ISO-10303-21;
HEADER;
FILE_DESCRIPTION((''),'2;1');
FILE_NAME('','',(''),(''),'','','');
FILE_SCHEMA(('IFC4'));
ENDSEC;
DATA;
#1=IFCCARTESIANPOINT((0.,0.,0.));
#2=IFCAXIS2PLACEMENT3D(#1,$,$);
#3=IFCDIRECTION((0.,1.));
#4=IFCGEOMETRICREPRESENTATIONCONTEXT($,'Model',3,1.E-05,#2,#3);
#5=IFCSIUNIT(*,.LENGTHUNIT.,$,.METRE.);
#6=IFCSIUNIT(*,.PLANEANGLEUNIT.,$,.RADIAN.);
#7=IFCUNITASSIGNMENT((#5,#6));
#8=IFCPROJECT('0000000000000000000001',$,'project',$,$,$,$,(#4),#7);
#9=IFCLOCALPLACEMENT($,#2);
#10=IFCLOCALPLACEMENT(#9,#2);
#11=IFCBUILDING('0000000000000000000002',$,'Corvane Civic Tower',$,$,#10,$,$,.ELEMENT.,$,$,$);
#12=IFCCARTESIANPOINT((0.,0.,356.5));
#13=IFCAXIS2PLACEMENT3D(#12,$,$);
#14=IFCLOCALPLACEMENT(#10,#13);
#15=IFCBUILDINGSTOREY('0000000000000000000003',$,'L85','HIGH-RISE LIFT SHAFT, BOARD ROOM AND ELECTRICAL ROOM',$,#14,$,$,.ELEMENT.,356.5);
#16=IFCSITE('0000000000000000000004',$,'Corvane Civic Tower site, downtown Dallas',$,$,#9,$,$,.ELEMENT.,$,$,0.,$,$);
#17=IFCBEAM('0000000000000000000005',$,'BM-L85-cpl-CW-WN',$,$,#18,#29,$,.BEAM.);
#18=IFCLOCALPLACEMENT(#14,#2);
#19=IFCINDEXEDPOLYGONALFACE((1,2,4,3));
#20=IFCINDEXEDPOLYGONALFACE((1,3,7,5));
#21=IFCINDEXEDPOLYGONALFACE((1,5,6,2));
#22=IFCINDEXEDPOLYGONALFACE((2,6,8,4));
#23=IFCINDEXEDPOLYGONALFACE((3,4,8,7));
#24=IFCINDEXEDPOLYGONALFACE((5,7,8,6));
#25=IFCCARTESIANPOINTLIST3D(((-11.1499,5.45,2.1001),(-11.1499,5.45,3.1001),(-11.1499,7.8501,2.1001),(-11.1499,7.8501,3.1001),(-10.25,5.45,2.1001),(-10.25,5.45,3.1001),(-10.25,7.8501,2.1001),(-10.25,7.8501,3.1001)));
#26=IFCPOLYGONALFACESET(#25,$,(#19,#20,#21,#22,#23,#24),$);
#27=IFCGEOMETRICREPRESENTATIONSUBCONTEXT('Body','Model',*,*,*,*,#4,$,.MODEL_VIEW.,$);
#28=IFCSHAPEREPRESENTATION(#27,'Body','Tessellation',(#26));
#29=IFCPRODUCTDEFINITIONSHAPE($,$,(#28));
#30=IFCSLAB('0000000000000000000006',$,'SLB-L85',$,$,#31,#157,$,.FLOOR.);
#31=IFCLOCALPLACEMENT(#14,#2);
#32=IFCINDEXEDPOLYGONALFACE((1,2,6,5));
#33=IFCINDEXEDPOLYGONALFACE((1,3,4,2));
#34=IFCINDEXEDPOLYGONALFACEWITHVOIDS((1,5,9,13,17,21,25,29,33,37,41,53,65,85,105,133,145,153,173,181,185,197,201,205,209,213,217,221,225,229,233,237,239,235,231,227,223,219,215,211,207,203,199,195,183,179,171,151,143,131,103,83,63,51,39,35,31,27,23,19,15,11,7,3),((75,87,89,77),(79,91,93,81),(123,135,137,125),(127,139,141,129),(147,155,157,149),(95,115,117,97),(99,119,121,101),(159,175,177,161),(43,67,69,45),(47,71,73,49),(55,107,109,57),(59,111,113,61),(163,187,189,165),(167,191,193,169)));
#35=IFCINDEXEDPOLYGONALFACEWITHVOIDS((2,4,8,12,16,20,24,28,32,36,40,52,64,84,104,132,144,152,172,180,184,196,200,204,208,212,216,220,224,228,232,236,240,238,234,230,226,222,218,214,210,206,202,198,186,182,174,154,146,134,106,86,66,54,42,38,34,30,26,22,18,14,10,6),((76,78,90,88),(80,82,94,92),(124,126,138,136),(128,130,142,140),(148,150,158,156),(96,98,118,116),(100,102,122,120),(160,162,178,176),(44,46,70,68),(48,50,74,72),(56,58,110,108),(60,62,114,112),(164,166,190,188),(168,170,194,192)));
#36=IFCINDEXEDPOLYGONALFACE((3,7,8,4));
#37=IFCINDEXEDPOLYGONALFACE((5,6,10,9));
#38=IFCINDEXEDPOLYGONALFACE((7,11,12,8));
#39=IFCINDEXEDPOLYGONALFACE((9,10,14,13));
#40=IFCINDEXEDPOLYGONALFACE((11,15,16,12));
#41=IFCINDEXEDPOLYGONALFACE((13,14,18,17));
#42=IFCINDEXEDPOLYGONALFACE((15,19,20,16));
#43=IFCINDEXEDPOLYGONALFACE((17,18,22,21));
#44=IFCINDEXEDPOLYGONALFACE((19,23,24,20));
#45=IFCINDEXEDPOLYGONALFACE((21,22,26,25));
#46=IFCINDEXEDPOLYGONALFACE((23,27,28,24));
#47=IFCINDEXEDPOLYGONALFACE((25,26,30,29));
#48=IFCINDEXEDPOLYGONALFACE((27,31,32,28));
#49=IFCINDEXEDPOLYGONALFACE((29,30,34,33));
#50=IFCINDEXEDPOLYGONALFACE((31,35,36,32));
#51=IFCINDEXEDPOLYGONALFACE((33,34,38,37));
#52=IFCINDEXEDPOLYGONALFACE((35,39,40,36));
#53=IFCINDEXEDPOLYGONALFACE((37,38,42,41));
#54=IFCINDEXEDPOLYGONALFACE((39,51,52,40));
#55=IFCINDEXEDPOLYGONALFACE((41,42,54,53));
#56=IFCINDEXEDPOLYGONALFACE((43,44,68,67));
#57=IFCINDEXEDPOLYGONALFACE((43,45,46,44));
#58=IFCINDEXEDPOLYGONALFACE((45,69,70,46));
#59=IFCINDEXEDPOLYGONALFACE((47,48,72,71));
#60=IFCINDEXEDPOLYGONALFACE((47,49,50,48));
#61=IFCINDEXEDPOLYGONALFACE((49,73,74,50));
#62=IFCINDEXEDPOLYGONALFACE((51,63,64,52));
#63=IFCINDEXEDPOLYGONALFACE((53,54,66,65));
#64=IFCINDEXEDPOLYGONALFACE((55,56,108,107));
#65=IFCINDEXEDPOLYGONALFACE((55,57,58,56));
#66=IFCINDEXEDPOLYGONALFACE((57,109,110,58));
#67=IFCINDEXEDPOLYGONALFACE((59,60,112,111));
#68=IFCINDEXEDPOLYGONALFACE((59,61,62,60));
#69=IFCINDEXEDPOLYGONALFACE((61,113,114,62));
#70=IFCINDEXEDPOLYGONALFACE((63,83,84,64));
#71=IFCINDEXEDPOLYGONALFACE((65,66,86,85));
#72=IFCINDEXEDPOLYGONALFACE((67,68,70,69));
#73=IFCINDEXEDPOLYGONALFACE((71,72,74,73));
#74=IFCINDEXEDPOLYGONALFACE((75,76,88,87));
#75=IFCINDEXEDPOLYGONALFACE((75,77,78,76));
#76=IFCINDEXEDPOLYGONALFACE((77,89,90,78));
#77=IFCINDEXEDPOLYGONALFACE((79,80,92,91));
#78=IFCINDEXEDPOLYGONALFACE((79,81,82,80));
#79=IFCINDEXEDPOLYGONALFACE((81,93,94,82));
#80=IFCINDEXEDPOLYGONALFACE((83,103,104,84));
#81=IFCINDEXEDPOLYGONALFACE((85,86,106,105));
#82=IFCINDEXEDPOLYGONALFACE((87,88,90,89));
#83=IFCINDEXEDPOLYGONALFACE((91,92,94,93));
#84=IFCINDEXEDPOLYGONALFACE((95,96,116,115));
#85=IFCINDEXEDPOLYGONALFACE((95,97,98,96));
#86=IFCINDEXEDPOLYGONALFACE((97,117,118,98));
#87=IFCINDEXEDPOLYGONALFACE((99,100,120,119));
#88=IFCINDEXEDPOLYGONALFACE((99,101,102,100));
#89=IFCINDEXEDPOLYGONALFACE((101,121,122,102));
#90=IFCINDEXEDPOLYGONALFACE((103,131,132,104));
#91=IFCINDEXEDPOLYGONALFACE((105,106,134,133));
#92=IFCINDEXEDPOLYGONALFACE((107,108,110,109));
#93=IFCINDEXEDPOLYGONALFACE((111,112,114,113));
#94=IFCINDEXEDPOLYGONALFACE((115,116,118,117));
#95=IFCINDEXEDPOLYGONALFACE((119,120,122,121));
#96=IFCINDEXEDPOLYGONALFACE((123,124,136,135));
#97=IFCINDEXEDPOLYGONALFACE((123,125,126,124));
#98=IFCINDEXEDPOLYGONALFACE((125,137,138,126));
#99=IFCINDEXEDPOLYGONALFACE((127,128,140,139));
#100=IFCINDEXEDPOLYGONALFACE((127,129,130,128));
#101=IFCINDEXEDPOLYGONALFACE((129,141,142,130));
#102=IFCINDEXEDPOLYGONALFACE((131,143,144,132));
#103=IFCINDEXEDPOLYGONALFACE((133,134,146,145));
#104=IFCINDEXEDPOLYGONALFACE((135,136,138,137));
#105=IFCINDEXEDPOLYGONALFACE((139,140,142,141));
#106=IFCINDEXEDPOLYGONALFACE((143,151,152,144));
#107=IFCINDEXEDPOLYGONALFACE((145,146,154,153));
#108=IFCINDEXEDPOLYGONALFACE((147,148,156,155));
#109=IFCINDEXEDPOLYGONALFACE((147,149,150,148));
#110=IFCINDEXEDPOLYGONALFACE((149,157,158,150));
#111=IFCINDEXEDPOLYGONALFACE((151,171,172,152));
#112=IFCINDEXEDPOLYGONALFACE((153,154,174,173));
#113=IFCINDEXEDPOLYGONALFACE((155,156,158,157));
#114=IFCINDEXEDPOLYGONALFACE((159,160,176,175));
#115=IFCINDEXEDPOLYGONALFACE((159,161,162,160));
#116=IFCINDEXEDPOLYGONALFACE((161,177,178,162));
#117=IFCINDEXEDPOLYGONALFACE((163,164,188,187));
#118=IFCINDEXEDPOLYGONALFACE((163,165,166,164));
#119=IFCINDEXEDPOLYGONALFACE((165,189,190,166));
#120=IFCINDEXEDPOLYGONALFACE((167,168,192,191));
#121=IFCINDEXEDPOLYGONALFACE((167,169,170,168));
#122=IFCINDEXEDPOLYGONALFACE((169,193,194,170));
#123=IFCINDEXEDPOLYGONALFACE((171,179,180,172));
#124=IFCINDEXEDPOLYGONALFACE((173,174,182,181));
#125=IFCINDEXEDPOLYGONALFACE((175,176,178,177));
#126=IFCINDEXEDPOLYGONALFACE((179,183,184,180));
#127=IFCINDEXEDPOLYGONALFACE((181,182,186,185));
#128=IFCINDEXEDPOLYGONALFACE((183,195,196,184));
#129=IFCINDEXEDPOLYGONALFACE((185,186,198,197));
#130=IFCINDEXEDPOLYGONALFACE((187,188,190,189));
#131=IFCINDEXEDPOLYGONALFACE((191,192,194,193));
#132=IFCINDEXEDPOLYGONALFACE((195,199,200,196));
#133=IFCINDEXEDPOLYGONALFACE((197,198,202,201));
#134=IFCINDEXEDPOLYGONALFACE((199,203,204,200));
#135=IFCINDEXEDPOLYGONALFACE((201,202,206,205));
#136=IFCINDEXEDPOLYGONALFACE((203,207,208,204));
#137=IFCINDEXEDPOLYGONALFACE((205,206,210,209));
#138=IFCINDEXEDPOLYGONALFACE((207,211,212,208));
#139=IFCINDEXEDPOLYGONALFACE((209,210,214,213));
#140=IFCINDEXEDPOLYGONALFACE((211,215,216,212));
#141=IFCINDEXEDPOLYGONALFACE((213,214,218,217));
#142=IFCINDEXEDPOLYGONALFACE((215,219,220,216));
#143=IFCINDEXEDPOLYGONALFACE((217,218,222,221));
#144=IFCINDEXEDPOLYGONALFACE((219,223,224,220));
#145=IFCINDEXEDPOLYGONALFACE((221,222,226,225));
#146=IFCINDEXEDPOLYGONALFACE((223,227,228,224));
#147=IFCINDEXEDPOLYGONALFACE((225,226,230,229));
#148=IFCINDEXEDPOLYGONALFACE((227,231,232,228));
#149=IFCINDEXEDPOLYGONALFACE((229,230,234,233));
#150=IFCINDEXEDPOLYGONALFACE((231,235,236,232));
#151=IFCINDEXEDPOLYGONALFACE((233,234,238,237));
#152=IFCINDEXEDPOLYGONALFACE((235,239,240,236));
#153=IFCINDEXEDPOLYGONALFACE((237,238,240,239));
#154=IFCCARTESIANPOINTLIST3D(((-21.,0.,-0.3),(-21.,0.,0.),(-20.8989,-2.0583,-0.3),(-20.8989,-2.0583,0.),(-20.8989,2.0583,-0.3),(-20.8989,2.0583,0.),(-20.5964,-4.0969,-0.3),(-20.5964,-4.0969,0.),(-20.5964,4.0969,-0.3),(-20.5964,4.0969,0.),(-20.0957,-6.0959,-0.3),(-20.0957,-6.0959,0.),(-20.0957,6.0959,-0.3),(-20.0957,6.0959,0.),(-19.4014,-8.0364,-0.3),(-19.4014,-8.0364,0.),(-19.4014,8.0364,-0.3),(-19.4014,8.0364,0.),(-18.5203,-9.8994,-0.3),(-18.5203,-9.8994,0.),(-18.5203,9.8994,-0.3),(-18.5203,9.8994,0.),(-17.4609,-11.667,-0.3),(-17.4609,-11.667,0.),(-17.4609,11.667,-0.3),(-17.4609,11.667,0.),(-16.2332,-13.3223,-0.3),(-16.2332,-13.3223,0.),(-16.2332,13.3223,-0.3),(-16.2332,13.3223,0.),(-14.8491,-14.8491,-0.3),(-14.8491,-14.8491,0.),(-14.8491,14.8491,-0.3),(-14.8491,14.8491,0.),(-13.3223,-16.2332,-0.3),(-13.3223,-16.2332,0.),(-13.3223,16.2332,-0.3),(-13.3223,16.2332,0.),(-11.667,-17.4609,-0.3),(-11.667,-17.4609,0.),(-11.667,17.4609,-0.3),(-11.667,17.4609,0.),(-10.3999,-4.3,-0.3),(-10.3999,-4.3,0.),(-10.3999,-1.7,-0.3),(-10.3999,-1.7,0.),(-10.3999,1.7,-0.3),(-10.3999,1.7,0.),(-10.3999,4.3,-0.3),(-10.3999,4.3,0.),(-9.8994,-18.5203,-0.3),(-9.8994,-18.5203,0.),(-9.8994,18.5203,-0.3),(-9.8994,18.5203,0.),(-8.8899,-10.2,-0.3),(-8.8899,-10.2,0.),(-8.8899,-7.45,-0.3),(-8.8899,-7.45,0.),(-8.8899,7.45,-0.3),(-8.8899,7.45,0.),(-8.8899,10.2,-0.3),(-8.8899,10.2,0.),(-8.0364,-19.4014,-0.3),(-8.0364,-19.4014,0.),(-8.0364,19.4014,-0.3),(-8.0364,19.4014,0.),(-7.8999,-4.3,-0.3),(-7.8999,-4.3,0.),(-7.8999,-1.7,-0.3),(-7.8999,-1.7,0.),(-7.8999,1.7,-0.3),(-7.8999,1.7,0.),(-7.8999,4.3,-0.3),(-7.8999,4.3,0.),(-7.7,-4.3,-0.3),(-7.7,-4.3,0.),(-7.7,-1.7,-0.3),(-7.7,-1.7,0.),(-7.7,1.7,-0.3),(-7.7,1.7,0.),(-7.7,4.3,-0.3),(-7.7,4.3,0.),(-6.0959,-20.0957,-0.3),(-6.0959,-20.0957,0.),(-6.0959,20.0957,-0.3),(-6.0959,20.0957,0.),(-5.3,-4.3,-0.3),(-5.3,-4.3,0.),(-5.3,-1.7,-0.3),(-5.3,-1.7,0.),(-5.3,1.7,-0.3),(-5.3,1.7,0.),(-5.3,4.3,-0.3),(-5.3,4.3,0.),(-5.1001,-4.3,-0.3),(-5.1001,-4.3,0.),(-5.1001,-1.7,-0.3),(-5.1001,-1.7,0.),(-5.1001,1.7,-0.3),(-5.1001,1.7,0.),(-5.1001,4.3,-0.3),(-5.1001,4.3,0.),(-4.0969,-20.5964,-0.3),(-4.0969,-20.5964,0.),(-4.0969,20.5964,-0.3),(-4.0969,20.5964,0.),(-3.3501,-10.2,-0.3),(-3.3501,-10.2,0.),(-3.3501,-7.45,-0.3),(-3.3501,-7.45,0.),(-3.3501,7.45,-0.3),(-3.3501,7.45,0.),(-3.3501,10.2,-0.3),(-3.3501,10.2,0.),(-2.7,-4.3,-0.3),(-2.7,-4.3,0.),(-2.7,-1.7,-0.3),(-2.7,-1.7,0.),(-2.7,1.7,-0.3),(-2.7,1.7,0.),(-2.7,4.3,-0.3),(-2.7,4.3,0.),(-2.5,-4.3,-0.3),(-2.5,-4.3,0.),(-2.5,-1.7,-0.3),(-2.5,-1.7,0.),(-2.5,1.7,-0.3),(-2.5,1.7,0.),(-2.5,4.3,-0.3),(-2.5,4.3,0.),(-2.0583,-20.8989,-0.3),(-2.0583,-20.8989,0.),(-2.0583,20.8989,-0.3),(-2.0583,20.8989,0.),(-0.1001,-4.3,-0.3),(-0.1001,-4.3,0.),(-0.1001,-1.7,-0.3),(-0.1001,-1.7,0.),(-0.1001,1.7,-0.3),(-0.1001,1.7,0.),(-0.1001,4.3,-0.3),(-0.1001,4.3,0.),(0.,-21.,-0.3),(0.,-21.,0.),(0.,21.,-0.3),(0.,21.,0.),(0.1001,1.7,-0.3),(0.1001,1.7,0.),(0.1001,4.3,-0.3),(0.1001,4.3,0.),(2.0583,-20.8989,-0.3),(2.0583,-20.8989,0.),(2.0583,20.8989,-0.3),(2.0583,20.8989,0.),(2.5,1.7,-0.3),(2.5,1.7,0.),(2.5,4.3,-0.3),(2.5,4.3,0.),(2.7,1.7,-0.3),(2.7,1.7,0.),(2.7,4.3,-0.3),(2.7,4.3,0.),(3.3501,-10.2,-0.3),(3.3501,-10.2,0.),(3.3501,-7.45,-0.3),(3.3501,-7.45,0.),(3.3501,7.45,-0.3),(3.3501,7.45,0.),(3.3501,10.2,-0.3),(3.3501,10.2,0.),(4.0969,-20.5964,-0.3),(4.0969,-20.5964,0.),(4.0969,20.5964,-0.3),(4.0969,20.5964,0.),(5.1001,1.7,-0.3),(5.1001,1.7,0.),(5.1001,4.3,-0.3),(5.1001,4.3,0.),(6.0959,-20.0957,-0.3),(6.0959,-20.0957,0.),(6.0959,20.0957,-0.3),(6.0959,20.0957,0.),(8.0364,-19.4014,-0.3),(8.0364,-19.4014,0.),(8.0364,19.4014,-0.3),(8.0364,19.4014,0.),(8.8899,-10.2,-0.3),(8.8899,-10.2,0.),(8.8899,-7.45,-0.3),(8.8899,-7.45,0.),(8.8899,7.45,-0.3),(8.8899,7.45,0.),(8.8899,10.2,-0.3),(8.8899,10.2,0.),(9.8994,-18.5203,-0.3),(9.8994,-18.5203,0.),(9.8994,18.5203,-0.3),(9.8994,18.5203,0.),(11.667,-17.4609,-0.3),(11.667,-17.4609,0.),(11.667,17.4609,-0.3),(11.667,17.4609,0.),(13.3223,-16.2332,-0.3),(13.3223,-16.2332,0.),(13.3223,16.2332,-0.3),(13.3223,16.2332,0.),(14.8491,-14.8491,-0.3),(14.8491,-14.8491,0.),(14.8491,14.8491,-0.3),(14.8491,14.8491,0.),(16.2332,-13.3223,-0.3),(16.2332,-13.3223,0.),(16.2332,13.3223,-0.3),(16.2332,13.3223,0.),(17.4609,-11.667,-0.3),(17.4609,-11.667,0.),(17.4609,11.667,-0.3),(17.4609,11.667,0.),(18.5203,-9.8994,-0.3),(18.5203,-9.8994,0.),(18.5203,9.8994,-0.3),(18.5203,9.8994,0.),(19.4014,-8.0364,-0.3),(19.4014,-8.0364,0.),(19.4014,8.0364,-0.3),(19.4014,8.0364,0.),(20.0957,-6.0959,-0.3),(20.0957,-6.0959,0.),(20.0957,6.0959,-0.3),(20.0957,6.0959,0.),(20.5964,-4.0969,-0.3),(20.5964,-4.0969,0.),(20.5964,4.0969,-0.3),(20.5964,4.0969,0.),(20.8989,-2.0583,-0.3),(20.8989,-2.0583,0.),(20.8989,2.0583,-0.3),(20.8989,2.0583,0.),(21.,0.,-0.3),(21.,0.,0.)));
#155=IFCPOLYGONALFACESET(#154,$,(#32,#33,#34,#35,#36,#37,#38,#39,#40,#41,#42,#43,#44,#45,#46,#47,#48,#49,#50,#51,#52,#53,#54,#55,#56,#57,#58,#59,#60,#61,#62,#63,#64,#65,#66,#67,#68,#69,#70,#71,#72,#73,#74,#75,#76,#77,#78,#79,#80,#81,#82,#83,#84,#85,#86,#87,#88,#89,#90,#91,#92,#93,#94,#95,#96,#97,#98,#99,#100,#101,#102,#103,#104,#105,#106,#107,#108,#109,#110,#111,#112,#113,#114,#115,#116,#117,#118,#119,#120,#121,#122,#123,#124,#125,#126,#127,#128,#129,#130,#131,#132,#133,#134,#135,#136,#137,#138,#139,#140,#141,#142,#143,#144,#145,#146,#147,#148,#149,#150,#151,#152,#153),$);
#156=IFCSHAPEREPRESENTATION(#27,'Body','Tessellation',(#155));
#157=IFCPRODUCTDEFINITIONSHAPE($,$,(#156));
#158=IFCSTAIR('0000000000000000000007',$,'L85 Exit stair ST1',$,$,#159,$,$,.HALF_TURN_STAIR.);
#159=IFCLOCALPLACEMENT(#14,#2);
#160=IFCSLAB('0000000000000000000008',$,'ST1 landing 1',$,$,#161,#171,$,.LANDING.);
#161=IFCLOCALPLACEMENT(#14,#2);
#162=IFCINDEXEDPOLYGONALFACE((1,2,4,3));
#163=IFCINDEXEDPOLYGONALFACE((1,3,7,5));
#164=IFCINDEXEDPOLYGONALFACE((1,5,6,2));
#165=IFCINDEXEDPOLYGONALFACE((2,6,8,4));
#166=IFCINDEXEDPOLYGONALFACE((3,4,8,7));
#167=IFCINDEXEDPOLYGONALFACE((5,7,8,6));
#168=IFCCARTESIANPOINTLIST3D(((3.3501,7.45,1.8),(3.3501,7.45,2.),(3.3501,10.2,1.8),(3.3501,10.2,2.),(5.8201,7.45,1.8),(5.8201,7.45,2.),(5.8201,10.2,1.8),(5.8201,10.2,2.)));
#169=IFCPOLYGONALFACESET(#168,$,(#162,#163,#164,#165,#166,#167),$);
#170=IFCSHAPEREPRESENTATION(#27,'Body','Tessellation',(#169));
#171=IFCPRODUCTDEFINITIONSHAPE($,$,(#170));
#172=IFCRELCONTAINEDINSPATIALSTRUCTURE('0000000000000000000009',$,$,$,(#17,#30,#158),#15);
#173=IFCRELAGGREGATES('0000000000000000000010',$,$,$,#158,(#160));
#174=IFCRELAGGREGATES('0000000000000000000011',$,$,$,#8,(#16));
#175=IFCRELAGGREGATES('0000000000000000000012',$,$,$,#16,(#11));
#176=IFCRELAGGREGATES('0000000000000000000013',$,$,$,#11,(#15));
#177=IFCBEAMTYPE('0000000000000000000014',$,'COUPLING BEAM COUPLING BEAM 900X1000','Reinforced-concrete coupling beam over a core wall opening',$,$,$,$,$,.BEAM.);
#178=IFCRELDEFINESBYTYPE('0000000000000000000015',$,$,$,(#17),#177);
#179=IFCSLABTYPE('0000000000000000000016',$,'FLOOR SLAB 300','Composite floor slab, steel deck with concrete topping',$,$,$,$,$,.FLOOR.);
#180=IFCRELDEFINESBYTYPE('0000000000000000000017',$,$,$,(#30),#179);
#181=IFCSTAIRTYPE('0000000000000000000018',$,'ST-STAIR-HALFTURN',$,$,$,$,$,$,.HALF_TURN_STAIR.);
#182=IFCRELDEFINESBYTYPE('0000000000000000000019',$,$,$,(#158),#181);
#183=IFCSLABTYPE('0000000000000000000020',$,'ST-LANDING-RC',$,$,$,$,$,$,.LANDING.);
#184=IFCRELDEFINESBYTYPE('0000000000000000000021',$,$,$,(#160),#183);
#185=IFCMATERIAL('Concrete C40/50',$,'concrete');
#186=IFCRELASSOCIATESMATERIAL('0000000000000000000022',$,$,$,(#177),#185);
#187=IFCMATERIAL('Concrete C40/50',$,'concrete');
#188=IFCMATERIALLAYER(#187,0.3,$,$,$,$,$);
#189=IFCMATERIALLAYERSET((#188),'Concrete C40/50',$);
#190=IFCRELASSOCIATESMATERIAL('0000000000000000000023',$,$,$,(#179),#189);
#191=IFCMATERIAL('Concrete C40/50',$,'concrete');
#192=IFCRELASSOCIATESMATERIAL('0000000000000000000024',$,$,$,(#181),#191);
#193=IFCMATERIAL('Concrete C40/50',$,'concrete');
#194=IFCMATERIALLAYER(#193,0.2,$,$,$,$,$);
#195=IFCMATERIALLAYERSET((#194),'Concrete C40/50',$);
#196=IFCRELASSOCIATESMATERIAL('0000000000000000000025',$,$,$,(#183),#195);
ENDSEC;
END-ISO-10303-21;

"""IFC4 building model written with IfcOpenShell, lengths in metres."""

from ifc_helpers import new_model, si_unit, direction, frame, origin, origin_2d, place, context, subcontext, project, spatial, polyline, rectangle, outline, extrude, material, layer, layer_set, material_profile, profile_set, type_object, element, aggregate, save


model = new_model("IFC4")

# Units and contexts
model_context = context("Model", 3, precision=1e-05, world=origin(), true_north=direction((0.0, 1.0)))
body_context = subcontext(model_context, "Body", "Model", "MODEL_VIEW")
ifc_project = project(units=[si_unit("LENGTHUNIT", "METRE"), si_unit("PLANEANGLEUNIT", "RADIAN")], contexts=[model_context])

# Site, building, storey
site_placement = place(None, origin())
site = spatial("IfcSite", under=ifc_project, at=site_placement, Name="Corvane Civic Tower site, downtown Dallas", CompositionType="ELEMENT", RefElevation=0.0)
building_placement = place(site_placement, origin())
building = spatial("IfcBuilding", under=site, at=building_placement, Name="Corvane Civic Tower", CompositionType="ELEMENT")
storey_placement = place(building_placement, frame((0.0, 0.0, 356.5)))
storey = spatial("IfcBuildingStorey", under=building, at=storey_placement, Name="L85", Description="HIGH-RISE LIFT SHAFT, BOARD ROOM AND ELECTRICAL ROOM", CompositionType="ELEMENT", Elevation=356.5)

# Beam
ifc_material_1 = material(Name="Concrete C40/50", Category="concrete")
ifc_material_profile = material_profile(ifc_material_1, rectangle(XDim=0.8999, YDim=1.0, at=origin_2d()), Name="COUPLING BEAM 900X1000")
ifc_profile_set = profile_set([ifc_material_profile], Name="Concrete C40/50")
beam_type = type_object("IfcBeamType", Name="COUPLING BEAM COUPLING BEAM 900X1000", Description="Reinforced-concrete coupling beam over a core wall opening", PredefinedType="BEAM", material=ifc_profile_set)
beam_placement = place(storey_placement, frame((-10.7, 5.45, 2.6001), z_axis=(0.0, 1.0, 0.0), x_axis=(-1.0, 0.0, 0.0)))
element("IfcBeam", 1, at=beam_placement, inside=storey, type_object=beam_type, Name="BM-L85-cpl-CW-WN", PredefinedType="BEAM", context=body_context, shape_type="SweptSolid", body=[
    extrude(rectangle(XDim=0.8999, YDim=1.0, at=origin_2d()), origin(), (0.0, 0.0, 1.0), 2.4001),
])

# Slab
ifc_material_2 = material(Name="Concrete C40/50", Category="concrete")
ifc_layer_1 = layer(ifc_material_2, 0.3)
ifc_layer_set_1 = layer_set([ifc_layer_1], Name="Concrete C40/50")
slab_type_1 = type_object("IfcSlabType", Name="FLOOR SLAB 300", Description="Composite floor slab, steel deck with concrete topping", PredefinedType="FLOOR", material=ifc_layer_set_1)
slab_1_placement = place(storey_placement, frame((0.0, 0.0, -0.3)))
element("IfcSlab", 2, at=slab_1_placement, inside=storey, type_object=slab_type_1, Name="SLB-L85", PredefinedType="FLOOR", context=body_context, shape_type="SweptSolid", body=[
    extrude(outline(polyline([(0.0, 21.0), (-2.0583, 20.8989), (-4.0969, 20.5964), (-6.0959, 20.0957), (-8.0364, 19.4014), (-9.8994, 18.5203), (-11.667, 17.4609), (-13.3223, 16.2332), (-14.8491, 14.8491), (-16.2332, 13.3223), (-17.4609, 11.667), (-18.5203, 9.8994), (-19.4014, 8.0364), (-20.0957, 6.0959), (-20.5964, 4.0969), (-20.8989, 2.0583), (-21.0, 0.0), (-20.8989, -2.0583), (-20.5964, -4.0969), (-20.0957, -6.0959), (-19.4014, -8.0364), (-18.5203, -9.8994), (-17.4609, -11.667), (-16.2332, -13.3223), (-14.8491, -14.8491), (-13.3223, -16.2332), (-11.667, -17.4609), (-9.8994, -18.5203), (-8.0364, -19.4014), (-6.0959, -20.0957), (-4.0969, -20.5964), (-2.0583, -20.8989), (0.0, -21.0), (2.0583, -20.8989), (4.0969, -20.5964), (6.0959, -20.0957), (8.0364, -19.4014), (9.8994, -18.5203), (11.667, -17.4609), (13.3223, -16.2332), (14.8491, -14.8491), (16.2332, -13.3223), (17.4609, -11.667), (18.5203, -9.8994), (19.4014, -8.0364), (20.0957, -6.0959), (20.5964, -4.0969), (20.8989, -2.0583), (21.0, 0.0), (20.8989, 2.0583), (20.5964, 4.0969), (20.0957, 6.0959), (19.4014, 8.0364), (18.5203, 9.8994), (17.4609, 11.667), (16.2332, 13.3223), (14.8491, 14.8491), (13.3223, 16.2332), (11.667, 17.4609), (9.8994, 18.5203), (8.0364, 19.4014), (6.0959, 20.0957), (4.0969, 20.5964), (2.0583, 20.8989), (0.0, 21.0)]), holes=[polyline([(-10.3999, 4.3), (-7.8999, 4.3), (-7.8999, 1.7), (-10.3999, 1.7), (-10.3999, 4.3)]), polyline([(-7.7, 4.3), (-5.3, 4.3), (-5.3, 1.7), (-7.7, 1.7), (-7.7, 4.3)]), polyline([(-5.1001, 4.3), (-2.7, 4.3), (-2.7, 1.7), (-5.1001, 1.7), (-5.1001, 4.3)]), polyline([(-2.5, 4.3), (-0.1001, 4.3), (-0.1001, 1.7), (-2.5, 1.7), (-2.5, 4.3)]), polyline([(0.1001, 4.3), (2.5, 4.3), (2.5, 1.7), (0.1001, 1.7), (0.1001, 4.3)]), polyline([(2.7, 4.3), (5.1001, 4.3), (5.1001, 1.7), (2.7, 1.7), (2.7, 4.3)]), polyline([(-10.3999, -1.7), (-7.8999, -1.7), (-7.8999, -4.3), (-10.3999, -4.3), (-10.3999, -1.7)]), polyline([(-7.7, -4.3), (-7.7, -1.7), (-5.3, -1.7), (-5.3, -4.3), (-7.7, -4.3)]), polyline([(-5.1001, -4.3), (-5.1001, -1.7), (-2.7, -1.7), (-2.7, -4.3), (-5.1001, -4.3)]), polyline([(-0.1001, -1.7), (-0.1001, -4.3), (-2.5, -4.3), (-2.5, -1.7), (-0.1001, -1.7)]), polyline([(8.8899, 10.2), (8.8899, 7.45), (3.3501, 7.45), (3.3501, 10.2), (8.8899, 10.2)]), polyline([(-8.8899, 7.45), (-8.8899, 10.2), (-3.3501, 10.2), (-3.3501, 7.45), (-8.8899, 7.45)]), polyline([(8.8899, -7.45), (8.8899, -10.2), (3.3501, -10.2), (3.3501, -7.45), (8.8899, -7.45)]), polyline([(-8.8899, -10.2), (-8.8899, -7.45), (-3.3501, -7.45), (-3.3501, -10.2), (-8.8899, -10.2)])]), origin(), (0.0, 0.0, 1.0), 0.3),
])

# Stair, slab
ifc_material_3 = material(Name="Concrete C40/50", Category="concrete")
stair_type = type_object("IfcStairType", Name="ST-STAIR-HALFTURN", PredefinedType="HALF_TURN_STAIR", material=ifc_material_3)
stair_1_placement = place(storey_placement, origin())
stair_1 = element("IfcStair", 3, at=stair_1_placement, inside=storey, type_object=stair_type, Name="L85 Exit stair ST1", PredefinedType="HALF_TURN_STAIR")
ifc_material_4 = material(Name="Concrete C40/50", Category="concrete")
ifc_layer_2 = layer(ifc_material_4, 0.2)
ifc_layer_set_2 = layer_set([ifc_layer_2], Name="Concrete C40/50")
slab_type_2 = type_object("IfcSlabType", Name="ST-LANDING-RC", PredefinedType="LANDING", material=ifc_layer_set_2)
slab_2_placement = place(storey_placement, frame((0.0, 0.0, 1.8)))
slab_2 = element("IfcSlab", 4, at=slab_2_placement, type_object=slab_type_2, Name="ST1 landing 1", PredefinedType="LANDING", context=body_context, shape_type="SweptSolid", body=[
    extrude(outline(polyline([(5.8201, 10.2), (3.3501, 10.2), (3.3501, 7.45), (5.8201, 7.45), (5.8201, 10.2)])), origin(), (0.0, 0.0, 1.0), 0.2),
])
aggregate(stair_1, [slab_2])

save(model, "model.ifc")
